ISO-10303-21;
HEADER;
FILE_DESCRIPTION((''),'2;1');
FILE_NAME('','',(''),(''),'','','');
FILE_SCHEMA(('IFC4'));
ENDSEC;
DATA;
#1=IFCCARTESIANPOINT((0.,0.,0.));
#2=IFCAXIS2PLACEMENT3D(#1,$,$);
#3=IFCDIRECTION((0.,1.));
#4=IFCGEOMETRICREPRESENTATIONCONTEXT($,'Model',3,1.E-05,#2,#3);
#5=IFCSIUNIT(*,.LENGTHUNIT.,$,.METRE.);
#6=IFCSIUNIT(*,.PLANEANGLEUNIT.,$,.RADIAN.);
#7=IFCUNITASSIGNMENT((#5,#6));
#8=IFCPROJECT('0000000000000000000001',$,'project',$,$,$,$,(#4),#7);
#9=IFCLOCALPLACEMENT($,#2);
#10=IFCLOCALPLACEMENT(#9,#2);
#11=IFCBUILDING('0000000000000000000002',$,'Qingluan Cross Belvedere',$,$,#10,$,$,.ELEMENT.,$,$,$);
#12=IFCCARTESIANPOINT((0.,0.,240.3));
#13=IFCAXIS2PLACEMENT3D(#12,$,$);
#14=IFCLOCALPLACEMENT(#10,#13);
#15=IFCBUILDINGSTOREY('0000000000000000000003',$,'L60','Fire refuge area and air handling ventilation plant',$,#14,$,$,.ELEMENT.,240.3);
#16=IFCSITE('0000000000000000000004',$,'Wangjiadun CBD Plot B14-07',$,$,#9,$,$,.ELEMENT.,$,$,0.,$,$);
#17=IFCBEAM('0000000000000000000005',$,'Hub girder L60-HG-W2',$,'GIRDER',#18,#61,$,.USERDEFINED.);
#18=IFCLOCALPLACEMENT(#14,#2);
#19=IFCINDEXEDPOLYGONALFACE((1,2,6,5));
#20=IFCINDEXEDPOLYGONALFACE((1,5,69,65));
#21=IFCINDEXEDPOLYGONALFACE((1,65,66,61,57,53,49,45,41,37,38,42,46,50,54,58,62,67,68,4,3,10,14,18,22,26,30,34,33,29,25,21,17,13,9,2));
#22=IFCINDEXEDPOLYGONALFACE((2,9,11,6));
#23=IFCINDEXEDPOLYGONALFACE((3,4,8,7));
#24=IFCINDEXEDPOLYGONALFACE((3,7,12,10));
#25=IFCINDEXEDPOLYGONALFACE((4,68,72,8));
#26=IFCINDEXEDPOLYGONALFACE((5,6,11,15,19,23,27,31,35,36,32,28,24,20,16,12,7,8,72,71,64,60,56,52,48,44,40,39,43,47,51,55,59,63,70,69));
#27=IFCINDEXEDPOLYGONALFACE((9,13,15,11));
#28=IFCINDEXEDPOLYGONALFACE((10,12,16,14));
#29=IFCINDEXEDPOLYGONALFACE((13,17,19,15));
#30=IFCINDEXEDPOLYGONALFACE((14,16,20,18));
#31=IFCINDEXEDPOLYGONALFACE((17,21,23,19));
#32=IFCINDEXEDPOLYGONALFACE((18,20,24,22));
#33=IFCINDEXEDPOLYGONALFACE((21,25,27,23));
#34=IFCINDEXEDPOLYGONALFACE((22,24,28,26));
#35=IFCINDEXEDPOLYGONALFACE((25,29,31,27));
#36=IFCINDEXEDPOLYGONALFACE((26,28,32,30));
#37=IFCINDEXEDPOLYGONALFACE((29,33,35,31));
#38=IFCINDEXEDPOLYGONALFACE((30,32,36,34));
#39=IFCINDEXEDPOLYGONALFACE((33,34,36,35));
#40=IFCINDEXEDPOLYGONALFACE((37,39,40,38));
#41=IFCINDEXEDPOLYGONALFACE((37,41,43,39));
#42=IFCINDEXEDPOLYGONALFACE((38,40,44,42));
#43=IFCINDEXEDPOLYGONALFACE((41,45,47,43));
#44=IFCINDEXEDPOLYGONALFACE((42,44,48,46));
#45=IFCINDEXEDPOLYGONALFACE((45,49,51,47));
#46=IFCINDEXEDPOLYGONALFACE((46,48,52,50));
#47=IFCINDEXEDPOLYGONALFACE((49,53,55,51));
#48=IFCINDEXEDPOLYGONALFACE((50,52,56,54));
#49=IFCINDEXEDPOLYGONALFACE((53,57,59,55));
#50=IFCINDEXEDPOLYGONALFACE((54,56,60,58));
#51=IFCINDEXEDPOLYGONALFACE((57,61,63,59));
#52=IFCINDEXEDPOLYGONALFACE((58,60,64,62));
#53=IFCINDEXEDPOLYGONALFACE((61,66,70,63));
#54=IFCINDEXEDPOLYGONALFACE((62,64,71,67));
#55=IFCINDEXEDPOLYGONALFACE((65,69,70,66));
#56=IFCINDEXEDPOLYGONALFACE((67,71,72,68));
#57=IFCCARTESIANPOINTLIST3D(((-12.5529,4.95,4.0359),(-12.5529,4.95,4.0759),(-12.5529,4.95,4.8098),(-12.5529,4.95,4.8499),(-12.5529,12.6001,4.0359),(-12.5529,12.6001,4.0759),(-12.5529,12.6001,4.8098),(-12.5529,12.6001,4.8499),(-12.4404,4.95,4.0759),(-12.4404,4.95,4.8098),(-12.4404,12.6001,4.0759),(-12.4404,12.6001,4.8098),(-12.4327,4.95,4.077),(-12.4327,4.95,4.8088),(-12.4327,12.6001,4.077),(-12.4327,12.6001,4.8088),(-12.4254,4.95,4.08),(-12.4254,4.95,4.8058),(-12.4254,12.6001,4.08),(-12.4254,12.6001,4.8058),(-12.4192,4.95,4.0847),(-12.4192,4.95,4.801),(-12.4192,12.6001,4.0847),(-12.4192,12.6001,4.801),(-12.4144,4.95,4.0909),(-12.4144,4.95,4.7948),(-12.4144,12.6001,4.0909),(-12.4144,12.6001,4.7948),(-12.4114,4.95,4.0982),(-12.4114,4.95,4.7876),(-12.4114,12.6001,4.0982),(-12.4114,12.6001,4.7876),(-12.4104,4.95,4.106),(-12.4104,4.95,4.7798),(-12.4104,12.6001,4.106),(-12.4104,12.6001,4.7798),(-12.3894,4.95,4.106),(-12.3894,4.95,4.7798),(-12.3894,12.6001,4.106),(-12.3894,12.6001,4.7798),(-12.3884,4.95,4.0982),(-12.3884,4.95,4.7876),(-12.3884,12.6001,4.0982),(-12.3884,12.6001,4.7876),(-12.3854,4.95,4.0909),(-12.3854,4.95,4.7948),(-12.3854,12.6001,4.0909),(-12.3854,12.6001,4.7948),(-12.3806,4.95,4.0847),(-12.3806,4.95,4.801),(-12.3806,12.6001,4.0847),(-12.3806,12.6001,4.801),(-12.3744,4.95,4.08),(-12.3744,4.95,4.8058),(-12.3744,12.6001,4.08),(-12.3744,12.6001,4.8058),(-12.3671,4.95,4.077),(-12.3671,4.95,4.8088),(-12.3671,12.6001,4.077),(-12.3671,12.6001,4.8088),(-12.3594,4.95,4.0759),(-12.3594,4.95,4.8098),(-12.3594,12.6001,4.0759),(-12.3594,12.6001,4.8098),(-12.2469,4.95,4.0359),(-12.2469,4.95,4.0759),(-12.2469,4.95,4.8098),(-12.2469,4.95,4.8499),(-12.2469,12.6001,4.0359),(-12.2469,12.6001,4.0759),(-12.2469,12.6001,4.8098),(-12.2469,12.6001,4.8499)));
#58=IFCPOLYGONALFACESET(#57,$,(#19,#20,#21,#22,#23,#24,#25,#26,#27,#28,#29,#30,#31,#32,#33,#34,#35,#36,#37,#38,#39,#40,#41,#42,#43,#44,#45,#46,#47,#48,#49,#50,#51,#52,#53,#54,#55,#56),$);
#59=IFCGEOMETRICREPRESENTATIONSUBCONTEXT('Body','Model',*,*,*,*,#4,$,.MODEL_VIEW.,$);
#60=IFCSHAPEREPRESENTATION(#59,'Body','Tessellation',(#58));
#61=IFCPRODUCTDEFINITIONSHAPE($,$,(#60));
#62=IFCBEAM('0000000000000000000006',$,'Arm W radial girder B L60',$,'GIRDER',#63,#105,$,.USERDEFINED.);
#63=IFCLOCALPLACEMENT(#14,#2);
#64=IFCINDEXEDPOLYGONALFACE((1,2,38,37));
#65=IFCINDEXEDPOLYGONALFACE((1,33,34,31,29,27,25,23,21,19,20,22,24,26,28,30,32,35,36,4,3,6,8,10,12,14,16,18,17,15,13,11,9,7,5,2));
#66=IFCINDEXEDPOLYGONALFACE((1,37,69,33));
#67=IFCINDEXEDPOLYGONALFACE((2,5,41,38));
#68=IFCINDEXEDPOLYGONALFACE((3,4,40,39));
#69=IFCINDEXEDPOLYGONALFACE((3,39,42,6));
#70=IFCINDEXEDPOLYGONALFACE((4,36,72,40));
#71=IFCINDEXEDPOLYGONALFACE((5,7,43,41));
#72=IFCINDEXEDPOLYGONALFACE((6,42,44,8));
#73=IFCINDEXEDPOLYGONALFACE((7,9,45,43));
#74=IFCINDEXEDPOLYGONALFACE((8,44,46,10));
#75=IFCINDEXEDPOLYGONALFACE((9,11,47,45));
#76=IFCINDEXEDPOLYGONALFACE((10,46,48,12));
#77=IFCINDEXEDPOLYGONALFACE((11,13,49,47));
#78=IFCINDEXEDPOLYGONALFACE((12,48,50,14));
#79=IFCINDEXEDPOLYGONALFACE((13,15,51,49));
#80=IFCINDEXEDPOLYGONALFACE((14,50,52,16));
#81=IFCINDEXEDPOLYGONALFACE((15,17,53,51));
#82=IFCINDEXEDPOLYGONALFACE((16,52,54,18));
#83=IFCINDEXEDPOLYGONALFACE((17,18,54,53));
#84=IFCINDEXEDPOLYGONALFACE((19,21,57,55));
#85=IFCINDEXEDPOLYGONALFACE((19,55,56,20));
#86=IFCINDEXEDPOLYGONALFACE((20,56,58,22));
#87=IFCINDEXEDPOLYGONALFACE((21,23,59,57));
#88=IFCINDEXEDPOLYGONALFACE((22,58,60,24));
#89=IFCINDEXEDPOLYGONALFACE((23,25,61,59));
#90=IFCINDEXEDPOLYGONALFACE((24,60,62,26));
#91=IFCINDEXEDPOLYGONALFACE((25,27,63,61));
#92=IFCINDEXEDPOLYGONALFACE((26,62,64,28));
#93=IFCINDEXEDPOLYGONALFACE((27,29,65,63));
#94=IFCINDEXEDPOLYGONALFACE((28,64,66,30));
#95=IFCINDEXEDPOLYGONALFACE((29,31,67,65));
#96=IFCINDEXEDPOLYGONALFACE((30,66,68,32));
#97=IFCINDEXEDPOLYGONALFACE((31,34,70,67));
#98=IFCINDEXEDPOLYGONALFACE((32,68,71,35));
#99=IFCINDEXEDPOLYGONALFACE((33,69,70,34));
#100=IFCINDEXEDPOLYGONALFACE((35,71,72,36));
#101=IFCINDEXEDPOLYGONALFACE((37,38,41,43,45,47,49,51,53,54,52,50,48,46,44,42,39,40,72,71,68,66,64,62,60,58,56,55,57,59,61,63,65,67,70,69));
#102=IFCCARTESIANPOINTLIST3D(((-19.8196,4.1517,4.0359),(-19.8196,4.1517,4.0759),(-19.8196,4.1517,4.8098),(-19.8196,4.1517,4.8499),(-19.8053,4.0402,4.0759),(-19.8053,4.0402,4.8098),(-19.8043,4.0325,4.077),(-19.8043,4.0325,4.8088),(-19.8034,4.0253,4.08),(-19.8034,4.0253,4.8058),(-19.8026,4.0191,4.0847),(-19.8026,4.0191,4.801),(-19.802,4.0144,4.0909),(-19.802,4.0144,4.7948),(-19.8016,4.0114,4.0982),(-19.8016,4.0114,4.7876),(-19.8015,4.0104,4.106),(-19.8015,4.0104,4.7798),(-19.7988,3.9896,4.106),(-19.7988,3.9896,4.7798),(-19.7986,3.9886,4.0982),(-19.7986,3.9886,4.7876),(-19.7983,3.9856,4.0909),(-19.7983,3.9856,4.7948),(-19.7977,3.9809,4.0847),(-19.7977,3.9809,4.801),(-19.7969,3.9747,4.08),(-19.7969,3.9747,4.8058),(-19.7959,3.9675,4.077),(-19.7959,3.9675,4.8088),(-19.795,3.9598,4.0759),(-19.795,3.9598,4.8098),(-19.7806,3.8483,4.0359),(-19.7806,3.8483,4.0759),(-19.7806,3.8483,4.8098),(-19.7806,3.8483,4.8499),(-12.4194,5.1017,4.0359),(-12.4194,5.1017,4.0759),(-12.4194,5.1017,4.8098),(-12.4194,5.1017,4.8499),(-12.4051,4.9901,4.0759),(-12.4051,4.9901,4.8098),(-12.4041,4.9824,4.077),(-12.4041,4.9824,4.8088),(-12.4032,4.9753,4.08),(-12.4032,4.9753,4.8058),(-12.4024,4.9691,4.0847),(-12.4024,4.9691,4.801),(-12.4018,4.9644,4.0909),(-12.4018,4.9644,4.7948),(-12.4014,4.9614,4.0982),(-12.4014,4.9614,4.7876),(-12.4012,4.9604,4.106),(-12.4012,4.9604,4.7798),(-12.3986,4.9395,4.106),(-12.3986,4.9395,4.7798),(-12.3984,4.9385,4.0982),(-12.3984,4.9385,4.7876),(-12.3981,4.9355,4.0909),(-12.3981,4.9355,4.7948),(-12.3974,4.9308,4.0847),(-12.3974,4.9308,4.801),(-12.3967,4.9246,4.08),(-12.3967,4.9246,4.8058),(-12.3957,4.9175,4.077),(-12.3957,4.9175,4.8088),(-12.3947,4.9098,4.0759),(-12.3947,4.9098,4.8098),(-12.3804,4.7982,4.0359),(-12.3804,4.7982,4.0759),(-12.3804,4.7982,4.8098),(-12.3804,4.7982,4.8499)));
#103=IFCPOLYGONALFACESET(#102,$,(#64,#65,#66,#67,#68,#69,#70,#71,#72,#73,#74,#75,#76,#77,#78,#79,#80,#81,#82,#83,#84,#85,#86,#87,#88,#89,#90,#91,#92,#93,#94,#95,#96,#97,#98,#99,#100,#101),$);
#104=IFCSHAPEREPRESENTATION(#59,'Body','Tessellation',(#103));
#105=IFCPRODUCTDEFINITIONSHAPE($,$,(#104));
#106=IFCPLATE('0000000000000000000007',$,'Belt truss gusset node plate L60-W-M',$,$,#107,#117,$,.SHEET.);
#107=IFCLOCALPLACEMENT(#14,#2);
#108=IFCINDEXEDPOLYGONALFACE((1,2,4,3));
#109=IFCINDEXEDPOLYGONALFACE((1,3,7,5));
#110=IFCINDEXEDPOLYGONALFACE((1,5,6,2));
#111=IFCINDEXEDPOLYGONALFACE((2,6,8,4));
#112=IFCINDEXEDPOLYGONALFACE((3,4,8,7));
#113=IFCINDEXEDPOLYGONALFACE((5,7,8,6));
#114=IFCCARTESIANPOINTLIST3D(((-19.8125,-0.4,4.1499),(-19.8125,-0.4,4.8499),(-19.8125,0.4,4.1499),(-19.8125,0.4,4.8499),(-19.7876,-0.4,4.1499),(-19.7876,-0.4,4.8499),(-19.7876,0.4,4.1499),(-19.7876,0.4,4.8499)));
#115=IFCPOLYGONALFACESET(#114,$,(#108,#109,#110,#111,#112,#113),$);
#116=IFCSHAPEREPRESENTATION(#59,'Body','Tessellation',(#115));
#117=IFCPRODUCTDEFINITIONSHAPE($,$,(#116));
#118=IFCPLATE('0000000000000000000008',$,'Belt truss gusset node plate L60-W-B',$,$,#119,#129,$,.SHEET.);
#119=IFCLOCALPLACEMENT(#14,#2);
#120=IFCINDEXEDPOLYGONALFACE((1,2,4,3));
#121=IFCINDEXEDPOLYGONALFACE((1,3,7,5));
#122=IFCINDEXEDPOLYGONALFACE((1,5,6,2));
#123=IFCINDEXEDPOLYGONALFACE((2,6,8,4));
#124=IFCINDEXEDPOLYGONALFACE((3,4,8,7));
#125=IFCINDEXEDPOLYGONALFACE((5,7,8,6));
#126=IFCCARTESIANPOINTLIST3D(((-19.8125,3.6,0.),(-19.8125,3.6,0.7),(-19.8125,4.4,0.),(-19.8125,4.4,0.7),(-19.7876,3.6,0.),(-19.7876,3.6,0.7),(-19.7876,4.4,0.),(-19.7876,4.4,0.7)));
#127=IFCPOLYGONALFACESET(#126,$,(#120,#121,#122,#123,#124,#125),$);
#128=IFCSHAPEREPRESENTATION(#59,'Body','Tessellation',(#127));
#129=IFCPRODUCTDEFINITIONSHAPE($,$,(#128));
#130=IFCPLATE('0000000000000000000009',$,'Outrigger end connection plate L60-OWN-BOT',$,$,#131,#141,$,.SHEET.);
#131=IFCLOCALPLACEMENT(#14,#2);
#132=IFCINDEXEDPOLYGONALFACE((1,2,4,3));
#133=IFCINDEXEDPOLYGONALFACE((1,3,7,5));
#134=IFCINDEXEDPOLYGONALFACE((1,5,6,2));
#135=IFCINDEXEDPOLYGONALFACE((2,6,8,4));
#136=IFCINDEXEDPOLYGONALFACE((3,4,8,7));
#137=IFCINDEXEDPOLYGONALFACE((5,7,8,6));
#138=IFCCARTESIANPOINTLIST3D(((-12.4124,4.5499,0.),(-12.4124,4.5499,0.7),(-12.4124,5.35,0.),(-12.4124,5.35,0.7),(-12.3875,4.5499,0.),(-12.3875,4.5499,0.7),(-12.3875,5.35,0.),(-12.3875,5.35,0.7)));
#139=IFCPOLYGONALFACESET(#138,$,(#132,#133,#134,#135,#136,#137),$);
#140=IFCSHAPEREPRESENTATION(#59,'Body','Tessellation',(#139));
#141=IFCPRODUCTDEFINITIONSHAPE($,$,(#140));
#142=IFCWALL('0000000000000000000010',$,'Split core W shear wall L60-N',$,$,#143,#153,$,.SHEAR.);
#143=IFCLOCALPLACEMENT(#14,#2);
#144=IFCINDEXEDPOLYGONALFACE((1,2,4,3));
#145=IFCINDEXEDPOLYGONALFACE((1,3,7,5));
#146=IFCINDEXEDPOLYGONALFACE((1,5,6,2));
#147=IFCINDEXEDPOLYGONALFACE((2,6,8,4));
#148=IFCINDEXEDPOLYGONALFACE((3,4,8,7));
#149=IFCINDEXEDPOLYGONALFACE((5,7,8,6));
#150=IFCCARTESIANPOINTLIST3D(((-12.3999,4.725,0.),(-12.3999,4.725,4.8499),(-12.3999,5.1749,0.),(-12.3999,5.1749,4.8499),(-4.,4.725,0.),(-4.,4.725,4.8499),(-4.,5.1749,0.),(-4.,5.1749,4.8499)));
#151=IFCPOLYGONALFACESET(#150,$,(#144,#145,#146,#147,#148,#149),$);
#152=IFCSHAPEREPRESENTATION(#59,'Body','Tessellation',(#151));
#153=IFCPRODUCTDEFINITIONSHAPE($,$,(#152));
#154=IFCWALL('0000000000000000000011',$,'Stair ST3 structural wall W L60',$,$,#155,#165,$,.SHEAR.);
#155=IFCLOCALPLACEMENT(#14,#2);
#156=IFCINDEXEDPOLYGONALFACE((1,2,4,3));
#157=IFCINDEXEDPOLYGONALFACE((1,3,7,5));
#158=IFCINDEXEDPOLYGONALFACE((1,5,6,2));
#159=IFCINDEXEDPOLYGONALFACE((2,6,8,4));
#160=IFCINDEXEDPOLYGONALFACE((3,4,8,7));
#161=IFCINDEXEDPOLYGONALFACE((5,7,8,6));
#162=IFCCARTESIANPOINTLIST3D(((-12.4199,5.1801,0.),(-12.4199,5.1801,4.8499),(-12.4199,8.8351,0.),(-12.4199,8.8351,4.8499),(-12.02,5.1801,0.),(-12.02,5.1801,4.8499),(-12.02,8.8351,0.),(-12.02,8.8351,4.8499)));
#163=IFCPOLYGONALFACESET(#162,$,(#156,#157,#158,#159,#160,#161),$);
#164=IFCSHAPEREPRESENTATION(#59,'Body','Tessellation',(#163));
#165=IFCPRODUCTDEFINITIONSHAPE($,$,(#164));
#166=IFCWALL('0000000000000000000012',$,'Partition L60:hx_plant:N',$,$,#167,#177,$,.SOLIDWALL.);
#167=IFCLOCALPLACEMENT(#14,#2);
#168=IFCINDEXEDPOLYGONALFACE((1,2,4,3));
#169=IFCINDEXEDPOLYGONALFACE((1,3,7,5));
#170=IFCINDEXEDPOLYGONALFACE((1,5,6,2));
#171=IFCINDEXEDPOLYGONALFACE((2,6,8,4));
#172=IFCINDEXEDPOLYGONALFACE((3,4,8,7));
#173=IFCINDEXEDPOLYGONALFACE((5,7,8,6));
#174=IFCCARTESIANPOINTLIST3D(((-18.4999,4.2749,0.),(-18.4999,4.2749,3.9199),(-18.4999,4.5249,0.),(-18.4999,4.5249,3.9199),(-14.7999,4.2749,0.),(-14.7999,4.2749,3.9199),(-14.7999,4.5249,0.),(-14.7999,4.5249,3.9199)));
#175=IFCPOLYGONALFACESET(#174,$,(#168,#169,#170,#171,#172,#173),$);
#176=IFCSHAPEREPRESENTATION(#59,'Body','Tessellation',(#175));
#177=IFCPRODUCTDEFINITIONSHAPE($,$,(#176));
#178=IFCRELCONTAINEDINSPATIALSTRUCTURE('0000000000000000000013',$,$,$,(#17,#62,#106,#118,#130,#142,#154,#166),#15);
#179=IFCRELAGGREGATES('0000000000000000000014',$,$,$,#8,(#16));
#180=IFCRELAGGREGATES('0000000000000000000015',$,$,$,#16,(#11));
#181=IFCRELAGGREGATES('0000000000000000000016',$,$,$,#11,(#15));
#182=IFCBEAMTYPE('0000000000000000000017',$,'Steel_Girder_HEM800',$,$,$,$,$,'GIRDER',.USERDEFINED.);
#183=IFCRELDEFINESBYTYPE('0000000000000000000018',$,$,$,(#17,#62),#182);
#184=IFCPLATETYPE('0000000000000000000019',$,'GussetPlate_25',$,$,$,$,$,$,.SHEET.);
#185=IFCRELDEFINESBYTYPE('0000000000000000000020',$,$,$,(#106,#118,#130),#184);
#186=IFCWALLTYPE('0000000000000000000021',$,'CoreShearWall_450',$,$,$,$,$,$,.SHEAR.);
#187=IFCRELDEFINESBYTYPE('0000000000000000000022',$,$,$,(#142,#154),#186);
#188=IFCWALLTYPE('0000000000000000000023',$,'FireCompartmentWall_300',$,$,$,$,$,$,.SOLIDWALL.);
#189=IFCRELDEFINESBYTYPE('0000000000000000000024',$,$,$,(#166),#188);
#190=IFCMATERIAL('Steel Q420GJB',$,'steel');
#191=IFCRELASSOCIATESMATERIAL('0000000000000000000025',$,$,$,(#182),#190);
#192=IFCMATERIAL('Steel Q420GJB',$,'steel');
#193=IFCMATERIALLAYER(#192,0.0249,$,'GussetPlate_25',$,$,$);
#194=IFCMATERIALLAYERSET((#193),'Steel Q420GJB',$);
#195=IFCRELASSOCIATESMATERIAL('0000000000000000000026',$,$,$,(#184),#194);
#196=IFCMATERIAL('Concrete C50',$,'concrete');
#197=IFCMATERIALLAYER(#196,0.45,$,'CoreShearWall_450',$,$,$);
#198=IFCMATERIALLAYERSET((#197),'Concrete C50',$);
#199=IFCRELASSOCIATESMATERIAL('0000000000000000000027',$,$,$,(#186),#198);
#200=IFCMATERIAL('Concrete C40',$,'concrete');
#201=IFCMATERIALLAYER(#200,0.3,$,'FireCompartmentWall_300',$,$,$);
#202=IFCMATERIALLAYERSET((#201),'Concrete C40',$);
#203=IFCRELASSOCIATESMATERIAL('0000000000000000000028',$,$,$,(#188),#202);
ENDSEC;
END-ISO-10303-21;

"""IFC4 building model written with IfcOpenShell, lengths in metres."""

from ifc_helpers import new_model, si_unit, direction, frame, frame_2d, origin, origin_2d, place, context, subcontext, project, spatial, rectangle, i_section, extrude, material, layer, layer_set, material_profile, profile_set, type_object, element, save


model = new_model("IFC4")

# Units and contexts
model_context = context("Model", 3, precision=1e-05, world=origin(), true_north=direction((0.0, 1.0)))
body_context = subcontext(model_context, "Body", "Model", "MODEL_VIEW")
ifc_project = project(units=[si_unit("LENGTHUNIT", "METRE"), si_unit("PLANEANGLEUNIT", "RADIAN")], contexts=[model_context])

# Site, building, storey
site_placement = place(None, origin())
site = spatial("IfcSite", under=ifc_project, at=site_placement, Name="Wangjiadun CBD Plot B14-07", CompositionType="ELEMENT", RefElevation=0.0)
building_placement = place(site_placement, origin())
building = spatial("IfcBuilding", under=site, at=building_placement, Name="Qingluan Cross Belvedere", CompositionType="ELEMENT")
storey_placement = place(building_placement, frame((0.0, 0.0, 240.3)))
storey = spatial("IfcBuildingStorey", under=building, at=storey_placement, Name="L60", Description="Fire refuge area and air handling ventilation plant", CompositionType="ELEMENT", Elevation=240.3)

# Beams
ifc_material_1 = material(Name="Steel Q420GJB", Category="steel")
ifc_material_profile_1 = material_profile(ifc_material_1, i_section(OverallWidth=0.3059, OverallDepth=0.814, WebThickness=0.021, FlangeThickness=0.04, FilletRadius=0.03, at=origin_2d()), Name="HEM800")
ifc_profile_set_1 = profile_set([ifc_material_profile_1], Name="Steel Q420GJB")
beam_type_1 = type_object("IfcBeamType", Name="Steel_Girder_HEM800", ElementType="GIRDER", PredefinedType="USERDEFINED", material=ifc_profile_set_1)
beam_1_placement = place(storey_placement, frame((-12.3999, 4.95, 4.4429), z_axis=(0.0, 1.0, 0.0), x_axis=(-1.0, 0.0, 0.0)))
element("IfcBeam", 1, at=beam_1_placement, inside=storey, type_object=beam_type_1, Name="Hub girder L60-HG-W2", ObjectType="GIRDER", PredefinedType="USERDEFINED", context=body_context, shape_type="SweptSolid", body=[
    extrude(i_section(OverallWidth=0.3059, OverallDepth=0.814, WebThickness=0.021, FlangeThickness=0.04, FilletRadius=0.03, at=origin_2d()), origin(), (0.0, 0.0, 1.0), 7.6501),
])
beam_2_placement = place(storey_placement, frame((-12.3999, 4.95, 4.4429), z_axis=(-0.991861, -0.127324, 0.0), x_axis=(0.127324, -0.991861, 0.0)))
element("IfcBeam", 2, at=beam_2_placement, inside=storey, type_object=beam_type_1, Name="Arm W radial girder B L60", ObjectType="GIRDER", PredefinedType="USERDEFINED", context=body_context, shape_type="SweptSolid", body=[
    extrude(i_section(OverallWidth=0.3059, OverallDepth=0.814, WebThickness=0.021, FlangeThickness=0.04, FilletRadius=0.03, at=origin_2d()), origin(), (0.0, 0.0, 1.0), 7.4609),
])

# Plates
ifc_material_2 = material(Name="Steel Q420GJB", Category="steel")
ifc_layer_1 = layer(ifc_material_2, 0.0249, Name="GussetPlate_25")
ifc_layer_set_1 = layer_set([ifc_layer_1], Name="Steel Q420GJB")
plate_type = type_object("IfcPlateType", Name="GussetPlate_25", PredefinedType="SHEET", material=ifc_layer_set_1)
for number, where, z_axis, x_axis, name in (
    (3, (-19.8, 0.0, 4.1499), (0.0, 0.0, 1.0), (0.0, 1.0, 0.0), "Belt truss gusset node plate L60-W-M"),
    (4, (-19.8, 4.0, 0.0), (0.0, 0.0, 1.0), (0.0, 1.0, 0.0), "Belt truss gusset node plate L60-W-B"),
    (5, (-12.3999, 4.95, 0.0), (0.0, 0.0, 1.0), (0.0, 1.0, 0.0), "Outrigger end connection plate L60-OWN-BOT"),
):
    element("IfcPlate", number, at=place(storey_placement, frame(where, z_axis=z_axis, x_axis=x_axis)), inside=storey, type_object=plate_type, Name=name, PredefinedType="SHEET", context=body_context, shape_type="SweptSolid", body=[
        extrude(rectangle(XDim=0.8, YDim=0.0249, at=origin_2d()), origin(), (0.0, 0.0, 1.0), 0.7),
    ])

# Walls
ifc_material_3 = material(Name="Concrete C50", Category="concrete")
ifc_layer_2 = layer(ifc_material_3, 0.45, Name="CoreShearWall_450")
ifc_layer_set_2 = layer_set([ifc_layer_2], Name="Concrete C50")
wall_type_1 = type_object("IfcWallType", Name="CoreShearWall_450", PredefinedType="SHEAR", material=ifc_layer_set_2)
wall_1_placement = place(storey_placement, frame((-12.3999, 4.95, 0.0), z_axis=(0.0, 0.0, 1.0), x_axis=(1.0, 0.0, 0.0)))
element("IfcWall", 6, at=wall_1_placement, inside=storey, type_object=wall_type_1, Name="Split core W shear wall L60-N", PredefinedType="SHEAR", context=body_context, shape_type="SweptSolid", body=[
    extrude(rectangle(XDim=8.3999, YDim=0.45, at=frame_2d((4.2, 0.0))), origin(), (0.0, 0.0, 1.0), 4.8499),
])
wall_2_placement = place(storey_placement, frame((-12.22, 5.1799, 0.0), z_axis=(0.0, 0.0, 1.0), x_axis=(0.0, 1.0, 0.0)))
element("IfcWall", 7, at=wall_2_placement, inside=storey, type_object=wall_type_1, Name="Stair ST3 structural wall W L60", PredefinedType="SHEAR", context=body_context, shape_type="SweptSolid", body=[
    extrude(rectangle(XDim=3.655, YDim=0.3999, at=frame_2d((1.8276, 0.0))), origin(), (0.0, 0.0, 1.0), 4.8499),
])
ifc_material_4 = material(Name="Concrete C40", Category="concrete")
ifc_layer_3 = layer(ifc_material_4, 0.3, Name="FireCompartmentWall_300")
ifc_layer_set_3 = layer_set([ifc_layer_3], Name="Concrete C40")
wall_type_2 = type_object("IfcWallType", Name="FireCompartmentWall_300", PredefinedType="SOLIDWALL", material=ifc_layer_set_3)
wall_3_placement = place(storey_placement, frame((-18.5, 4.3999, 0.0), z_axis=(0.0, 0.0, 1.0), x_axis=(1.0, 0.0, 0.0)))
element("IfcWall", 8, at=wall_3_placement, inside=storey, type_object=wall_type_2, Name="Partition L60:hx_plant:N", PredefinedType="SOLIDWALL", context=body_context, shape_type="SweptSolid", body=[
    extrude(rectangle(XDim=3.7, YDim=0.25, at=frame_2d((1.8501, 0.0))), origin(), (0.0, 0.0, 1.0), 3.9199),
])

save(model, "model.ifc")
